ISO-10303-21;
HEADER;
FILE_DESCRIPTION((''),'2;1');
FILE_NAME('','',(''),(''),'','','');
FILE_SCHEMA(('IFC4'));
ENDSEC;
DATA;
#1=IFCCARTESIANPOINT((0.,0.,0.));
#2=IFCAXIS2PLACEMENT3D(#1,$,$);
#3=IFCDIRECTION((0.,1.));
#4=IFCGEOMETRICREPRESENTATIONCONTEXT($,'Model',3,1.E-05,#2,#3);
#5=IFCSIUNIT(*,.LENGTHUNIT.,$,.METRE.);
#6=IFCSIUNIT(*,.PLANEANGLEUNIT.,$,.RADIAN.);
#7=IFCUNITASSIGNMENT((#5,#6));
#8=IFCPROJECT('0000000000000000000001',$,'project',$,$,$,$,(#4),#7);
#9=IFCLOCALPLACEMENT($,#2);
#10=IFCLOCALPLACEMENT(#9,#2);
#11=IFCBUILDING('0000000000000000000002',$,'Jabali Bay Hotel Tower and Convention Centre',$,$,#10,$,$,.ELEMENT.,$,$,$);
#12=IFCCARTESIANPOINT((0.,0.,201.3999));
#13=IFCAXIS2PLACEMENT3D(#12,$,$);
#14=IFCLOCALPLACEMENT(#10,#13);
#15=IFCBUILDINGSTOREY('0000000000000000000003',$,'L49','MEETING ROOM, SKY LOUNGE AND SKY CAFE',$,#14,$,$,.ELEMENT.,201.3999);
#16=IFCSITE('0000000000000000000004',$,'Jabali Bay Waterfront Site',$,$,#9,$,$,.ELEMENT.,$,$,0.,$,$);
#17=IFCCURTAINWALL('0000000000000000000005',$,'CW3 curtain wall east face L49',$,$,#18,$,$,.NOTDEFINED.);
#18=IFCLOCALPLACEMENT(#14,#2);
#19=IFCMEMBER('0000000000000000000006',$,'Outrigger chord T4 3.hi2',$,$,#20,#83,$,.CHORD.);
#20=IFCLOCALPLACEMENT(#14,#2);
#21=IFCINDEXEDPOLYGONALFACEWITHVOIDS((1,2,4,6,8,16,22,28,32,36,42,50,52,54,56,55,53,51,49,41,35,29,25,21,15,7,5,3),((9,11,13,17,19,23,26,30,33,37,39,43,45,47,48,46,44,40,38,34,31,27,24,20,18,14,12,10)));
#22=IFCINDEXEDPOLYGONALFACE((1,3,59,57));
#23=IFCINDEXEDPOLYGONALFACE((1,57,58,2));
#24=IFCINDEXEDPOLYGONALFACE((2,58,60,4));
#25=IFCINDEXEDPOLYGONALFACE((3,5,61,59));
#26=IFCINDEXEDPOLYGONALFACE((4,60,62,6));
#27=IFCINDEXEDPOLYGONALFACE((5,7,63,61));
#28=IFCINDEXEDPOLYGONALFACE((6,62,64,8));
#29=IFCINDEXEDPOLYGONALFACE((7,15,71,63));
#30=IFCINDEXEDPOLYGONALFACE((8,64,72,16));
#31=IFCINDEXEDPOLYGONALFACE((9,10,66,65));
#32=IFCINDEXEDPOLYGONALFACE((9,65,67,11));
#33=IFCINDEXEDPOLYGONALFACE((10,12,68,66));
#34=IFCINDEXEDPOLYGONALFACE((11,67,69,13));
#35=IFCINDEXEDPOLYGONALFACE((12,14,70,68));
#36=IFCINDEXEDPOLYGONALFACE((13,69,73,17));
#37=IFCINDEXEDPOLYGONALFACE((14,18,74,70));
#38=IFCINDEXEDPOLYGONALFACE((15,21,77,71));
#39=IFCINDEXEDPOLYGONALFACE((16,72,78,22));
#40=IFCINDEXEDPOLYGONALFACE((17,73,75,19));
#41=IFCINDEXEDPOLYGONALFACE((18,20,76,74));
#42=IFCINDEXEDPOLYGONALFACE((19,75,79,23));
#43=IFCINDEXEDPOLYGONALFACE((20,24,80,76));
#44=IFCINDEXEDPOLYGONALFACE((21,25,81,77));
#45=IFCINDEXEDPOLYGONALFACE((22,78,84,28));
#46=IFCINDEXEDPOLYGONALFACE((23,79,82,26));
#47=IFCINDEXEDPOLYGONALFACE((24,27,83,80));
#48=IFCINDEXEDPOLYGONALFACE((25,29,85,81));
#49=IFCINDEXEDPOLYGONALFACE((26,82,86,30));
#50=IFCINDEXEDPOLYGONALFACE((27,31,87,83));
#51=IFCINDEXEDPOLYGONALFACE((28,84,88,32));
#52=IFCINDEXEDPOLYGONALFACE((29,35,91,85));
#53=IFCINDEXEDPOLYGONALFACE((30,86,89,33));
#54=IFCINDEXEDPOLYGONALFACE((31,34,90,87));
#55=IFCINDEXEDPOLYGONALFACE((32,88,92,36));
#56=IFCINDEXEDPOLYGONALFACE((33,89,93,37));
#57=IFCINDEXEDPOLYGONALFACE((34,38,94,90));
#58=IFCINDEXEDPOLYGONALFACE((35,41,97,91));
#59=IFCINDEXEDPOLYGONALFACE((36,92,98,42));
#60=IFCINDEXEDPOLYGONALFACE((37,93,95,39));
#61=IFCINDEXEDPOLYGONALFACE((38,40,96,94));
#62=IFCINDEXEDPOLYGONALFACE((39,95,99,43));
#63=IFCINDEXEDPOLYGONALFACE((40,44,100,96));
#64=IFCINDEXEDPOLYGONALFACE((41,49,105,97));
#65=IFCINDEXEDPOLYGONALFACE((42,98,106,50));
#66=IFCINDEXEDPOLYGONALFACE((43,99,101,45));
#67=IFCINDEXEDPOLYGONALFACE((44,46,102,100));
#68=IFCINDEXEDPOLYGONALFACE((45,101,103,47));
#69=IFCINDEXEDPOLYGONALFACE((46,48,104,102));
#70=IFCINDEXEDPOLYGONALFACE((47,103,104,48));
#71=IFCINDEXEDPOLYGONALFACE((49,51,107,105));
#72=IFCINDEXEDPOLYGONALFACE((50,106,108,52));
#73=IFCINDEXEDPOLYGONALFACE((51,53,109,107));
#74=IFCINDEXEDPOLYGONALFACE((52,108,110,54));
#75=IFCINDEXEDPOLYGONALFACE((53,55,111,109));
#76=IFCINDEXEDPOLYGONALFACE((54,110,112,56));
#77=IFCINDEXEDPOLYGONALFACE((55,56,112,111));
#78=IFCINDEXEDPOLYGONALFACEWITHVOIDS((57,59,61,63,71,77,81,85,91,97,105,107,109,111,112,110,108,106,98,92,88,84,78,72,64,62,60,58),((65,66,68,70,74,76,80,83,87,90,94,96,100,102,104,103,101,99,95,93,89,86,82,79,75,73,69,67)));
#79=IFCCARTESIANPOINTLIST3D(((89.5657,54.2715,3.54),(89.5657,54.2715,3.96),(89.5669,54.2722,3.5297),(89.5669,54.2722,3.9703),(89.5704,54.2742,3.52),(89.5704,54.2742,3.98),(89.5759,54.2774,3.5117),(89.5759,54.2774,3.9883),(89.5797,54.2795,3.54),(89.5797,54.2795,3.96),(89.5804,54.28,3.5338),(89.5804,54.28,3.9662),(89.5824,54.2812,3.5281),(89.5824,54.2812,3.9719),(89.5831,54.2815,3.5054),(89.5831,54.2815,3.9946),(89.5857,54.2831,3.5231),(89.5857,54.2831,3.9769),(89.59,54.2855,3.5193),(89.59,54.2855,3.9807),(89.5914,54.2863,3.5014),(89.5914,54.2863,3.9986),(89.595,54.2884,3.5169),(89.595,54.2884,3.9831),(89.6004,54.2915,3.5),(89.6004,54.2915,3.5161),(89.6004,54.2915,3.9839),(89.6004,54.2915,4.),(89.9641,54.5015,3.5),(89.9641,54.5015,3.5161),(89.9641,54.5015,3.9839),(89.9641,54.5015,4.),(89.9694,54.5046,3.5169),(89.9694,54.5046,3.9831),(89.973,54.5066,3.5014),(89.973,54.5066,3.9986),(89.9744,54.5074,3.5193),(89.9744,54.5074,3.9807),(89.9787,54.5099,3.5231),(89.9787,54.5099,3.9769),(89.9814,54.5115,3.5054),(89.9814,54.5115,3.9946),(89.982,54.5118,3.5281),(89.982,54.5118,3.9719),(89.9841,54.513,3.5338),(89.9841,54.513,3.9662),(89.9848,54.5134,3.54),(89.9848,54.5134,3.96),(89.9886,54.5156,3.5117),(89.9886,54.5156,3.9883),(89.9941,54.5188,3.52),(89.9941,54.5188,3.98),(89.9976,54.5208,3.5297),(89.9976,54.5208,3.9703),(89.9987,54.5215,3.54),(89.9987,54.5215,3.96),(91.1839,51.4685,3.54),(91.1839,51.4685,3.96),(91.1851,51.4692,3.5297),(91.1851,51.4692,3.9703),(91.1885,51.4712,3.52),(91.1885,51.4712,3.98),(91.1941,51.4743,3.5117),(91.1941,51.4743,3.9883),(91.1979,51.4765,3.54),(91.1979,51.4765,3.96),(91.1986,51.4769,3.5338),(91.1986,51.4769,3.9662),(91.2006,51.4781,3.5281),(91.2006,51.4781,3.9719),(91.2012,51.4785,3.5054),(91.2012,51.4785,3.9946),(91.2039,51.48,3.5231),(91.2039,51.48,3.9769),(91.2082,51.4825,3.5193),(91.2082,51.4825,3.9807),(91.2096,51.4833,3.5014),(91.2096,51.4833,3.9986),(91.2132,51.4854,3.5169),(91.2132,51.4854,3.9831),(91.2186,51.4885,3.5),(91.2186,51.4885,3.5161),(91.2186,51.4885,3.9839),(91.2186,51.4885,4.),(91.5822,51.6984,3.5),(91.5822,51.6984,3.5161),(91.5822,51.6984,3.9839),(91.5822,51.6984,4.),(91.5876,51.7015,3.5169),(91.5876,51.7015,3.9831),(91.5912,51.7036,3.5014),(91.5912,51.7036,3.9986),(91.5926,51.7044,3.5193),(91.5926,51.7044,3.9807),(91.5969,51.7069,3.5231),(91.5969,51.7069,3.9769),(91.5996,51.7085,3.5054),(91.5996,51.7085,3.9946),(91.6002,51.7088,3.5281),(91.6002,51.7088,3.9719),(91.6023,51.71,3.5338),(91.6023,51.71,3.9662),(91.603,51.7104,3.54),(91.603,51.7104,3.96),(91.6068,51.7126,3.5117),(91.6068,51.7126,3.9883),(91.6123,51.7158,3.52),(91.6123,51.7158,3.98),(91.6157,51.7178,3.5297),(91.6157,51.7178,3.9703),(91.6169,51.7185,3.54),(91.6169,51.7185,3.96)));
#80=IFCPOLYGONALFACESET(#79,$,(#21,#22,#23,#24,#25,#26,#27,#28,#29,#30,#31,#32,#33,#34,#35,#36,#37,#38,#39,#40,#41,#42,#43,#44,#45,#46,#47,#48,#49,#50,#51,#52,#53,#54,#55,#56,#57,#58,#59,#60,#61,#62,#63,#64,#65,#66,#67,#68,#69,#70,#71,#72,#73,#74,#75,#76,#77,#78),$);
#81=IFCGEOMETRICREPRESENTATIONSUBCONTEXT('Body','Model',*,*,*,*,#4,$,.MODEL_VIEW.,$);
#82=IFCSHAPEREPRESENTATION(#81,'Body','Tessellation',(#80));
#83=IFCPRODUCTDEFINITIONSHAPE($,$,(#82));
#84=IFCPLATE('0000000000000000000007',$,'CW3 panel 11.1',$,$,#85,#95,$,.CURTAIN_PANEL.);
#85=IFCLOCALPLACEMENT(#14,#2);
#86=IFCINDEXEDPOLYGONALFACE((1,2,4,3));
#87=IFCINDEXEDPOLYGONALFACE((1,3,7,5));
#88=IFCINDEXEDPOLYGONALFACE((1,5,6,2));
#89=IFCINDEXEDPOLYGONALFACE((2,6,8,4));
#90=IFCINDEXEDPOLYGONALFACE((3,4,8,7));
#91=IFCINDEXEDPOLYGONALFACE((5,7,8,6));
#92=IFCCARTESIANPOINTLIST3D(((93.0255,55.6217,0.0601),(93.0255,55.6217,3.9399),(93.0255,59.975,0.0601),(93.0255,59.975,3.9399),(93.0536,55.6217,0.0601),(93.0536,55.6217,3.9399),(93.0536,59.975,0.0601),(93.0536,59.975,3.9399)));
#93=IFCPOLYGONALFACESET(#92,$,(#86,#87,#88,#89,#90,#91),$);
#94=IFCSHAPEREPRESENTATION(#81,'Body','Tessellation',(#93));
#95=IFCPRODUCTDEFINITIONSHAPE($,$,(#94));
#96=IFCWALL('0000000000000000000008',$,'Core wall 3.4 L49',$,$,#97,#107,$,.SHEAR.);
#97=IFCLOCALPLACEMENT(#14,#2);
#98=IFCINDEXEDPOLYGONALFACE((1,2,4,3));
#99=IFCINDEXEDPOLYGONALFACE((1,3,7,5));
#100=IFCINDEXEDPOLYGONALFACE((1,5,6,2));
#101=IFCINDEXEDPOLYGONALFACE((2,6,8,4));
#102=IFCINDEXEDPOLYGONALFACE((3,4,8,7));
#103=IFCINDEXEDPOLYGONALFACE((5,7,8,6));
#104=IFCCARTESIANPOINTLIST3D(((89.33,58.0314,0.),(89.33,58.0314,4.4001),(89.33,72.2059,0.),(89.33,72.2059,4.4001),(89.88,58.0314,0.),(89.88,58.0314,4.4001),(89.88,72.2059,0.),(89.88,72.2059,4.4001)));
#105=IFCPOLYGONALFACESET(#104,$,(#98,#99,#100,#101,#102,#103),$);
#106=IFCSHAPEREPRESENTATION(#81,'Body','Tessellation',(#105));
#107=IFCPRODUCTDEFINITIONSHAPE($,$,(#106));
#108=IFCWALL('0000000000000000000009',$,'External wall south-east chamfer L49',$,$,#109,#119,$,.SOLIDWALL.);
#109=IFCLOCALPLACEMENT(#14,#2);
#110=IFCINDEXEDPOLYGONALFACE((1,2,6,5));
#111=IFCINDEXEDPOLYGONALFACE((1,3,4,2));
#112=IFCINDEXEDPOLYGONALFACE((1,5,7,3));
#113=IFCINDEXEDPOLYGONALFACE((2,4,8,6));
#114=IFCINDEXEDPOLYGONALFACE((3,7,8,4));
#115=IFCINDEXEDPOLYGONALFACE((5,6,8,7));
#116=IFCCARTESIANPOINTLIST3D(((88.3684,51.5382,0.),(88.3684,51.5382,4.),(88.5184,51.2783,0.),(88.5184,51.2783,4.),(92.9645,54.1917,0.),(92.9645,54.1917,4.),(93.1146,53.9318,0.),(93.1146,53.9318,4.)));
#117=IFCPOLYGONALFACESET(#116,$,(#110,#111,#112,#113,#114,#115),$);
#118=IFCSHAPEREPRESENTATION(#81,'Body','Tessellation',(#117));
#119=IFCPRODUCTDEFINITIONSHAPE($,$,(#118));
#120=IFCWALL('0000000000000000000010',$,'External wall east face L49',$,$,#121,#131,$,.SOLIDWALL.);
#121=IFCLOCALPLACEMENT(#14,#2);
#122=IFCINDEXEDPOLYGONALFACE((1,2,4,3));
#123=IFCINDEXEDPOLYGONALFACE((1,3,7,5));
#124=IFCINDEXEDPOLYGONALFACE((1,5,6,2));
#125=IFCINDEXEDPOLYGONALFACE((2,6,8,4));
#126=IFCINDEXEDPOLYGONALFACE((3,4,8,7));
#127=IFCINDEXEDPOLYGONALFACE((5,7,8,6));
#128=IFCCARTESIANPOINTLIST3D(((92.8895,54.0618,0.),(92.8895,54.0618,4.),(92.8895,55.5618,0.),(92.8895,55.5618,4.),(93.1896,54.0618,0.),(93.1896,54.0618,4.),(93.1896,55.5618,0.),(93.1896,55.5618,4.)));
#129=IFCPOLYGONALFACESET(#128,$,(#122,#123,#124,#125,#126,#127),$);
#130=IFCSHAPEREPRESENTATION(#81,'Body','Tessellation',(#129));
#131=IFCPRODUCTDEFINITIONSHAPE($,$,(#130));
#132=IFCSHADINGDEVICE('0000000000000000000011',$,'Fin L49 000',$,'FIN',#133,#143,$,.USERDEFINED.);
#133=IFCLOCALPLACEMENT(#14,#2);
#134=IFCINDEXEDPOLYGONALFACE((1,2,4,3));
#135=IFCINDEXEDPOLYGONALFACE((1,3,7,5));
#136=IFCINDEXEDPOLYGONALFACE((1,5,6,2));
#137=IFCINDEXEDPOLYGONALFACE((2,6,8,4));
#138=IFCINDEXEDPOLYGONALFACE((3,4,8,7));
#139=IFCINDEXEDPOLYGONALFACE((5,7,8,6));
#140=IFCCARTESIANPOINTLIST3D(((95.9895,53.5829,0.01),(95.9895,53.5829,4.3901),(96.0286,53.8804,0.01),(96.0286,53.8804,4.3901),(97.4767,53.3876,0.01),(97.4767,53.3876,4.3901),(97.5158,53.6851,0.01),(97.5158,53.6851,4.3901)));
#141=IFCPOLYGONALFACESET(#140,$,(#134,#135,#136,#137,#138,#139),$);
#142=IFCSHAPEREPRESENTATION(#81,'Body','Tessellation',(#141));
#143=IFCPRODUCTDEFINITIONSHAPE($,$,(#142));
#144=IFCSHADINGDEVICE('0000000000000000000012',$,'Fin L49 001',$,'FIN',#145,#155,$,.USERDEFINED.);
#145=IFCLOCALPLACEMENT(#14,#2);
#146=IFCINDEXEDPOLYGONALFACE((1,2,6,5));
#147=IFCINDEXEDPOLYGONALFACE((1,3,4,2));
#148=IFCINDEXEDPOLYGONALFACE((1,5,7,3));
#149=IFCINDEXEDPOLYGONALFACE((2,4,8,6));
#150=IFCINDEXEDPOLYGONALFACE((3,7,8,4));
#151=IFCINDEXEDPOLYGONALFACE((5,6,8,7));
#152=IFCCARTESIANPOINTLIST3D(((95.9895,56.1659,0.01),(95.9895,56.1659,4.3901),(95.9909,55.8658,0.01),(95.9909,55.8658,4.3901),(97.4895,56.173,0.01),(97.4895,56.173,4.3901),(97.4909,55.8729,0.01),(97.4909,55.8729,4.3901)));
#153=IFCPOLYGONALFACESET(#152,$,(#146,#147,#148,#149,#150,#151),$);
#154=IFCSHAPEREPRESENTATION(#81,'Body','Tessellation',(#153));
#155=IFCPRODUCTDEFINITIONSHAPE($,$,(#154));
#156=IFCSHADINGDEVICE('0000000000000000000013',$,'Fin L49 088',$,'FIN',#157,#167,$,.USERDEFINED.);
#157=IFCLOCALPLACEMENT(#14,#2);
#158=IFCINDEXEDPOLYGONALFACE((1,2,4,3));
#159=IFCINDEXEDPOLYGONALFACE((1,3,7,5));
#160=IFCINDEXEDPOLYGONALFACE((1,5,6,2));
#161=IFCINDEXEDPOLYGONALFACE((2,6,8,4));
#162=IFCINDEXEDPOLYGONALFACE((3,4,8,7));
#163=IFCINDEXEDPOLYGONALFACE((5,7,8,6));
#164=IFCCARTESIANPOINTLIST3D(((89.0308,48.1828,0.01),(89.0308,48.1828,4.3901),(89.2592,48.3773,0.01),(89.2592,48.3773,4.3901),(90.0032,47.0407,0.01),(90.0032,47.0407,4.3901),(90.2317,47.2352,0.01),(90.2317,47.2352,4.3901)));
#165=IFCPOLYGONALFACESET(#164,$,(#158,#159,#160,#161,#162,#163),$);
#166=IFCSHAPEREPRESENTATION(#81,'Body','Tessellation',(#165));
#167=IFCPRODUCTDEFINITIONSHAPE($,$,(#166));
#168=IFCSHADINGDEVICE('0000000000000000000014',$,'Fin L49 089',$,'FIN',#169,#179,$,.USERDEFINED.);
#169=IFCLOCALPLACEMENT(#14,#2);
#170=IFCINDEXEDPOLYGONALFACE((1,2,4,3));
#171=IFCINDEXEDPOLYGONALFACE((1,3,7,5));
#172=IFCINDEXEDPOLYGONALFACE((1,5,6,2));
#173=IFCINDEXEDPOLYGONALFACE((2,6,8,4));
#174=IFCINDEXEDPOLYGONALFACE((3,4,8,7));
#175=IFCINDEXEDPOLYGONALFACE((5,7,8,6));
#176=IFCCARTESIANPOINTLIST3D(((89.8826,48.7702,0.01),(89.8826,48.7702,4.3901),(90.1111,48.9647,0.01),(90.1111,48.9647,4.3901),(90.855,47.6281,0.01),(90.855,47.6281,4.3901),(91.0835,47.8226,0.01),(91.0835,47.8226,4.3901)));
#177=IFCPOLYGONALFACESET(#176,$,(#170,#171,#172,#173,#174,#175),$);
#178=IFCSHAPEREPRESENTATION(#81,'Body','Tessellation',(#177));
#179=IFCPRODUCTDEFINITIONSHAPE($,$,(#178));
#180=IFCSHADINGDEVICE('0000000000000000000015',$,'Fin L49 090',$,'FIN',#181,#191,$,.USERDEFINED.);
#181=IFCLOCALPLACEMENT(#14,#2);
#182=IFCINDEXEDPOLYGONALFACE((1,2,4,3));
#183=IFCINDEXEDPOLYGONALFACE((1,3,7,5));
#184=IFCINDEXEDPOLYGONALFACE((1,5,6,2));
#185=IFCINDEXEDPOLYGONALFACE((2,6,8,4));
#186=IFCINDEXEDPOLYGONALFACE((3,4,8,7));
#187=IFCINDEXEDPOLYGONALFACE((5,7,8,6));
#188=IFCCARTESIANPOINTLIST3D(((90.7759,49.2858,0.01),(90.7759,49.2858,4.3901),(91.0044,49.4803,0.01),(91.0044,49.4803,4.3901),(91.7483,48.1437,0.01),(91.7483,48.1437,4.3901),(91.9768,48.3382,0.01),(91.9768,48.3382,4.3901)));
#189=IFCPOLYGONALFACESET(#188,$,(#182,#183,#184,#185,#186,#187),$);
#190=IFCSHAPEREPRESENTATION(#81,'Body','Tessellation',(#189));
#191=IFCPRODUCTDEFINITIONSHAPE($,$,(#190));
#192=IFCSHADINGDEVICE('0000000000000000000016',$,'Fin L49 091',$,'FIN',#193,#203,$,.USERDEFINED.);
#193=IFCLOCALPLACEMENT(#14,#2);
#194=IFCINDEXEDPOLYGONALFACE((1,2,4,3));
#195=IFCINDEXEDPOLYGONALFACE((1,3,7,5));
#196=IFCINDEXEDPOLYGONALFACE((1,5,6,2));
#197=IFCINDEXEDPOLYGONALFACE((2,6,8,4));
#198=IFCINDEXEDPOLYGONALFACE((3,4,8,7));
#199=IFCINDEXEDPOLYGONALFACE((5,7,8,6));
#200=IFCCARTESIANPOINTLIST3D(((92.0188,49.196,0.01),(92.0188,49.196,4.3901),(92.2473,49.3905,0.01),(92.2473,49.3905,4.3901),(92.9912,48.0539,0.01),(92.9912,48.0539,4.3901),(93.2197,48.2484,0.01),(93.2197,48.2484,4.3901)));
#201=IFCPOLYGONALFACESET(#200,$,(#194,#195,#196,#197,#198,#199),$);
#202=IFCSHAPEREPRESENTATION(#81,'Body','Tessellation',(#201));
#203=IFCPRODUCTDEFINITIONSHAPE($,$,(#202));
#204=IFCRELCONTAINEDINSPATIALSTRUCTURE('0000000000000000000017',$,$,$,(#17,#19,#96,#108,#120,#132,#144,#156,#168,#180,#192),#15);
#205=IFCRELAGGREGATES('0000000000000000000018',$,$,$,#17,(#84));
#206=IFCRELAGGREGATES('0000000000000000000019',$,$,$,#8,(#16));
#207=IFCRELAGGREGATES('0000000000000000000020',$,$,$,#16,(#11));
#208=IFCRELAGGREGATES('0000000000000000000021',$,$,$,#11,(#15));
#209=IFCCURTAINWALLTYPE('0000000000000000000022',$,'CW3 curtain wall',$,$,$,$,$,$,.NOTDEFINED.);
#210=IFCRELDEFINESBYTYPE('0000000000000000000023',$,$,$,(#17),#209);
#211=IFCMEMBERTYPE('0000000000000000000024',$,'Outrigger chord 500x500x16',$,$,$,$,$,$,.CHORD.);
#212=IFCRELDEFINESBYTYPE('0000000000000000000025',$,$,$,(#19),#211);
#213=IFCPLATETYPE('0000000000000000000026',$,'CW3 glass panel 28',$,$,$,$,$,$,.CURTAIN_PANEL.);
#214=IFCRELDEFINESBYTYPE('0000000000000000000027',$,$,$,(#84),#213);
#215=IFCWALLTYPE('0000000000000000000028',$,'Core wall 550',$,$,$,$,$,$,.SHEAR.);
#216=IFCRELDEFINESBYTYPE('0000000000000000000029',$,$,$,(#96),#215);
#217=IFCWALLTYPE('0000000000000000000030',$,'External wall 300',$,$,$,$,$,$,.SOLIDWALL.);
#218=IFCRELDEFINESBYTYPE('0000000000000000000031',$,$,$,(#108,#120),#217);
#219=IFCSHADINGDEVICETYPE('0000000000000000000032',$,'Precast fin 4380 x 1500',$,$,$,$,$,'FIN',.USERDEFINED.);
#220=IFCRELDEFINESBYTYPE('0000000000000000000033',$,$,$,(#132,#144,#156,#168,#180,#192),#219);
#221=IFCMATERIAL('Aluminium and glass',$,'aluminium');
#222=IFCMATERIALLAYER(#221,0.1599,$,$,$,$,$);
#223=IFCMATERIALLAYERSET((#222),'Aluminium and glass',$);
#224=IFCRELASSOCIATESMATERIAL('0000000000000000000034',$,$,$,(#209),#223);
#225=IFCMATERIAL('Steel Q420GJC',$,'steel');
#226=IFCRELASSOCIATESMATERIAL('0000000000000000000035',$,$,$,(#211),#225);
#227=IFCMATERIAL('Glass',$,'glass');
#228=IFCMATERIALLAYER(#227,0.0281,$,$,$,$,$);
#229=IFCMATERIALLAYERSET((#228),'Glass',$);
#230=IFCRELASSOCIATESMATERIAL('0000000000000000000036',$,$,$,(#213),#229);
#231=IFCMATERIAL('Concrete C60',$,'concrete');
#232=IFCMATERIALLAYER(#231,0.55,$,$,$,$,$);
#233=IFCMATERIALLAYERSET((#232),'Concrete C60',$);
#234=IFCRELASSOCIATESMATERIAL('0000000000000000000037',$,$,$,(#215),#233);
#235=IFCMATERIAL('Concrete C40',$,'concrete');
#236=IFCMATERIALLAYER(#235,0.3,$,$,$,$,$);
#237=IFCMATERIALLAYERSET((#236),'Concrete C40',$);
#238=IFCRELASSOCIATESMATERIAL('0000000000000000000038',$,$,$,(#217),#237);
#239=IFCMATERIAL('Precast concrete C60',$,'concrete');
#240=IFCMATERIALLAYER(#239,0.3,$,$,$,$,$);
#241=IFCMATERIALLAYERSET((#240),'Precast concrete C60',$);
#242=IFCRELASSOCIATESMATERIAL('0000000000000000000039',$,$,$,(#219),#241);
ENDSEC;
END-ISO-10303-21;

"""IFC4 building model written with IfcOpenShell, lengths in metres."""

from ifc_helpers import new_model, si_unit, direction, frame, frame_2d, origin, origin_2d, place, context, subcontext, project, spatial, rectangle, hollow_rectangle, extrude, material, layer, layer_set, material_profile, profile_set, type_object, element, aggregate, save


model = new_model("IFC4")

# Units and contexts
model_context = context("Model", 3, precision=1e-05, world=origin(), true_north=direction((0.0, 1.0)))
body_context = subcontext(model_context, "Body", "Model", "MODEL_VIEW")
ifc_project = project(units=[si_unit("LENGTHUNIT", "METRE"), si_unit("PLANEANGLEUNIT", "RADIAN")], contexts=[model_context])

# Site, building, storey
site_placement = place(None, origin())
site = spatial("IfcSite", under=ifc_project, at=site_placement, Name="Jabali Bay Waterfront Site", CompositionType="ELEMENT", RefElevation=0.0)
building_placement = place(site_placement, origin())
building = spatial("IfcBuilding", under=site, at=building_placement, Name="Jabali Bay Hotel Tower and Convention Centre", CompositionType="ELEMENT")
storey_placement = place(building_placement, frame((0.0, 0.0, 201.3999)))
storey = spatial("IfcBuildingStorey", under=building, at=storey_placement, Name="L49", Description="MEETING ROOM, SKY LOUNGE AND SKY CAFE", CompositionType="ELEMENT", Elevation=201.3999)

# Shared definitions
ifc_material_1 = material(Name="Concrete C60", Category="concrete")

# Shared definitions
ifc_material_2 = material(Name="Steel Q420GJC", Category="steel")

# Curtain wall
ifc_material_3 = material(Name="Aluminium and glass", Category="aluminium")
ifc_layer_1 = layer(ifc_material_3, 0.1599)
ifc_layer_set_1 = layer_set([ifc_layer_1], Name="Aluminium and glass")
curtain_wall_type = type_object("IfcCurtainWallType", Name="CW3 curtain wall", PredefinedType="NOTDEFINED", material=ifc_layer_set_1)
curtain_wall_placement = place(storey_placement, origin())
curtain_wall = element("IfcCurtainWall", 1, at=curtain_wall_placement, inside=storey, type_object=curtain_wall_type, Name="CW3 curtain wall east face L49", PredefinedType="NOTDEFINED")

# Member
ifc_material_profile_1 = material_profile(ifc_material_2, hollow_rectangle(XDim=0.5, YDim=0.5, WallThickness=0.0161, InnerFilletRadius=0.0239, OuterFilletRadius=0.04, at=origin_2d()), Name="Outrigger chord 500x500x16")
ifc_profile_set_1 = profile_set([ifc_material_profile_1], Name="Steel Q420GJC")
member_type_1 = type_object("IfcMemberType", Name="Outrigger chord 500x500x16", PredefinedType="CHORD", material=ifc_profile_set_1)
member_1_placement = place(storey_placement, frame((89.7822, 54.3965, 3.75), z_axis=(0.499968, -0.866044, 0.0), x_axis=(0.866044, 0.499968, 0.0)))
element("IfcMember", 2, at=member_1_placement, inside=storey, type_object=member_type_1, Name="Outrigger chord T4 3.hi2", PredefinedType="CHORD", context=body_context, shape_type="SweptSolid", body=[
    extrude(hollow_rectangle(XDim=0.5, YDim=0.5, WallThickness=0.0161, InnerFilletRadius=0.0239, OuterFilletRadius=0.04, at=origin_2d()), origin(), (0.0, 0.0, 1.0), 3.2366),
])

# Plate
ifc_material_4 = material(Name="Glass", Category="glass")
ifc_layer_2 = layer(ifc_material_4, 0.0281)
ifc_layer_set_2 = layer_set([ifc_layer_2], Name="Glass")
plate_type = type_object("IfcPlateType", Name="CW3 glass panel 28", PredefinedType="CURTAIN_PANEL", material=ifc_layer_set_2)
plate_placement = place(storey_placement, frame((93.0396, 57.7983, 0.0601), z_axis=(0.0, 0.0, 1.0), x_axis=(0.0, -1.0, 0.0)))
plate = element("IfcPlate", 3, at=plate_placement, type_object=plate_type, Name="CW3 panel 11.1", PredefinedType="CURTAIN_PANEL", context=body_context, shape_type="SweptSolid", body=[
    extrude(rectangle(XDim=4.3533, YDim=0.0281, at=origin_2d()), origin(), (0.0, 0.0, 1.0), 3.8799),
])
aggregate(curtain_wall, [plate])

# Walls
ifc_layer_3 = layer(ifc_material_1, 0.55)
ifc_layer_set_3 = layer_set([ifc_layer_3], Name="Concrete C60")
wall_type_1 = type_object("IfcWallType", Name="Core wall 550", PredefinedType="SHEAR", material=ifc_layer_set_3)
wall_1_placement = place(storey_placement, frame((89.605, 58.0312, 0.0), z_axis=(0.0, 0.0, 1.0), x_axis=(0.0, 1.0, 0.0)))
element("IfcWall", 4, at=wall_1_placement, inside=storey, type_object=wall_type_1, Name="Core wall 3.4 L49", PredefinedType="SHEAR", context=body_context, shape_type="SweptSolid", body=[
    extrude(rectangle(XDim=14.1746, YDim=0.55, at=frame_2d((7.0874, 0.0))), origin(), (0.0, 0.0, 1.0), 4.4001),
])
ifc_material_5 = material(Name="Concrete C40", Category="concrete")
ifc_layer_4 = layer(ifc_material_5, 0.3)
ifc_layer_set_4 = layer_set([ifc_layer_4], Name="Concrete C40")
wall_type_2 = type_object("IfcWallType", Name="External wall 300", PredefinedType="SOLIDWALL", material=ifc_layer_set_4)
wall_2_placement = place(storey_placement, frame((93.0396, 54.0618, 0.0), z_axis=(0.0, 0.0, 1.0), x_axis=(-0.866029, -0.499993, 0.0)))
element("IfcWall", 5, at=wall_2_placement, inside=storey, type_object=wall_type_2, Name="External wall south-east chamfer L49", PredefinedType="SOLIDWALL", context=body_context, shape_type="SweptSolid", body=[
    extrude(rectangle(XDim=5.3071, YDim=0.3, at=frame_2d((2.6536, 0.0))), origin(), (0.0, 0.0, 1.0), 4.0),
])
wall_3_placement = place(storey_placement, frame((93.0396, 55.5618, 0.0), z_axis=(0.0, 0.0, 1.0), x_axis=(0.0, -1.0, 0.0)))
element("IfcWall", 6, at=wall_3_placement, inside=storey, type_object=wall_type_2, Name="External wall east face L49", PredefinedType="SOLIDWALL", context=body_context, shape_type="SweptSolid", body=[
    extrude(rectangle(XDim=1.5, YDim=0.3, at=frame_2d((0.75, 0.0))), origin(), (0.0, 0.0, 1.0), 4.0),
])

# Shading devices
ifc_material_6 = material(Name="Precast concrete C60", Category="concrete")
ifc_layer_5 = layer(ifc_material_6, 0.3)
ifc_layer_set_5 = layer_set([ifc_layer_5], Name="Precast concrete C60")
shading_device_type = type_object("IfcShadingDeviceType", Name="Precast fin 4380 x 1500", ElementType="FIN", PredefinedType="USERDEFINED", material=ifc_layer_set_5)
for number, where, z_axis, x_axis, name in (
    (7, (96.009, 53.7317, 0.01), (0.0, 0.0, 1.0), (0.991488, -0.130202, 0.0), "Fin L49 000"),
    (8, (95.9902, 56.0159, 0.01), (0.0, 0.0, 1.0), (0.999989, 0.00472, 0.0), "Fin L49 001"),
    (9, (89.145, 48.28, 0.01), (0.0, 0.0, 1.0), (0.648281, -0.761401, 0.0), "Fin L49 088"),
    (10, (89.9968, 48.8674, 0.01), (0.0, 0.0, 1.0), (0.648281, -0.761401, 0.0), "Fin L49 089"),
    (11, (90.8901, 49.3831, 0.01), (0.0, 0.0, 1.0), (0.648281, -0.761401, 0.0), "Fin L49 090"),
    (12, (92.1331, 49.2932, 0.01), (0.0, 0.0, 1.0), (0.648281, -0.761401, 0.0), "Fin L49 091"),
):
    element("IfcShadingDevice", number, at=place(storey_placement, frame(where, z_axis=z_axis, x_axis=x_axis)), inside=storey, type_object=shading_device_type, Name=name, ObjectType="FIN", PredefinedType="USERDEFINED", context=body_context, shape_type="SweptSolid", body=[
        extrude(rectangle(XDim=1.5, YDim=0.3, at=frame_2d((0.75, 0.0))), origin(), (0.0, 0.0, 1.0), 4.3801),
    ])

save(model, "model.ifc")
